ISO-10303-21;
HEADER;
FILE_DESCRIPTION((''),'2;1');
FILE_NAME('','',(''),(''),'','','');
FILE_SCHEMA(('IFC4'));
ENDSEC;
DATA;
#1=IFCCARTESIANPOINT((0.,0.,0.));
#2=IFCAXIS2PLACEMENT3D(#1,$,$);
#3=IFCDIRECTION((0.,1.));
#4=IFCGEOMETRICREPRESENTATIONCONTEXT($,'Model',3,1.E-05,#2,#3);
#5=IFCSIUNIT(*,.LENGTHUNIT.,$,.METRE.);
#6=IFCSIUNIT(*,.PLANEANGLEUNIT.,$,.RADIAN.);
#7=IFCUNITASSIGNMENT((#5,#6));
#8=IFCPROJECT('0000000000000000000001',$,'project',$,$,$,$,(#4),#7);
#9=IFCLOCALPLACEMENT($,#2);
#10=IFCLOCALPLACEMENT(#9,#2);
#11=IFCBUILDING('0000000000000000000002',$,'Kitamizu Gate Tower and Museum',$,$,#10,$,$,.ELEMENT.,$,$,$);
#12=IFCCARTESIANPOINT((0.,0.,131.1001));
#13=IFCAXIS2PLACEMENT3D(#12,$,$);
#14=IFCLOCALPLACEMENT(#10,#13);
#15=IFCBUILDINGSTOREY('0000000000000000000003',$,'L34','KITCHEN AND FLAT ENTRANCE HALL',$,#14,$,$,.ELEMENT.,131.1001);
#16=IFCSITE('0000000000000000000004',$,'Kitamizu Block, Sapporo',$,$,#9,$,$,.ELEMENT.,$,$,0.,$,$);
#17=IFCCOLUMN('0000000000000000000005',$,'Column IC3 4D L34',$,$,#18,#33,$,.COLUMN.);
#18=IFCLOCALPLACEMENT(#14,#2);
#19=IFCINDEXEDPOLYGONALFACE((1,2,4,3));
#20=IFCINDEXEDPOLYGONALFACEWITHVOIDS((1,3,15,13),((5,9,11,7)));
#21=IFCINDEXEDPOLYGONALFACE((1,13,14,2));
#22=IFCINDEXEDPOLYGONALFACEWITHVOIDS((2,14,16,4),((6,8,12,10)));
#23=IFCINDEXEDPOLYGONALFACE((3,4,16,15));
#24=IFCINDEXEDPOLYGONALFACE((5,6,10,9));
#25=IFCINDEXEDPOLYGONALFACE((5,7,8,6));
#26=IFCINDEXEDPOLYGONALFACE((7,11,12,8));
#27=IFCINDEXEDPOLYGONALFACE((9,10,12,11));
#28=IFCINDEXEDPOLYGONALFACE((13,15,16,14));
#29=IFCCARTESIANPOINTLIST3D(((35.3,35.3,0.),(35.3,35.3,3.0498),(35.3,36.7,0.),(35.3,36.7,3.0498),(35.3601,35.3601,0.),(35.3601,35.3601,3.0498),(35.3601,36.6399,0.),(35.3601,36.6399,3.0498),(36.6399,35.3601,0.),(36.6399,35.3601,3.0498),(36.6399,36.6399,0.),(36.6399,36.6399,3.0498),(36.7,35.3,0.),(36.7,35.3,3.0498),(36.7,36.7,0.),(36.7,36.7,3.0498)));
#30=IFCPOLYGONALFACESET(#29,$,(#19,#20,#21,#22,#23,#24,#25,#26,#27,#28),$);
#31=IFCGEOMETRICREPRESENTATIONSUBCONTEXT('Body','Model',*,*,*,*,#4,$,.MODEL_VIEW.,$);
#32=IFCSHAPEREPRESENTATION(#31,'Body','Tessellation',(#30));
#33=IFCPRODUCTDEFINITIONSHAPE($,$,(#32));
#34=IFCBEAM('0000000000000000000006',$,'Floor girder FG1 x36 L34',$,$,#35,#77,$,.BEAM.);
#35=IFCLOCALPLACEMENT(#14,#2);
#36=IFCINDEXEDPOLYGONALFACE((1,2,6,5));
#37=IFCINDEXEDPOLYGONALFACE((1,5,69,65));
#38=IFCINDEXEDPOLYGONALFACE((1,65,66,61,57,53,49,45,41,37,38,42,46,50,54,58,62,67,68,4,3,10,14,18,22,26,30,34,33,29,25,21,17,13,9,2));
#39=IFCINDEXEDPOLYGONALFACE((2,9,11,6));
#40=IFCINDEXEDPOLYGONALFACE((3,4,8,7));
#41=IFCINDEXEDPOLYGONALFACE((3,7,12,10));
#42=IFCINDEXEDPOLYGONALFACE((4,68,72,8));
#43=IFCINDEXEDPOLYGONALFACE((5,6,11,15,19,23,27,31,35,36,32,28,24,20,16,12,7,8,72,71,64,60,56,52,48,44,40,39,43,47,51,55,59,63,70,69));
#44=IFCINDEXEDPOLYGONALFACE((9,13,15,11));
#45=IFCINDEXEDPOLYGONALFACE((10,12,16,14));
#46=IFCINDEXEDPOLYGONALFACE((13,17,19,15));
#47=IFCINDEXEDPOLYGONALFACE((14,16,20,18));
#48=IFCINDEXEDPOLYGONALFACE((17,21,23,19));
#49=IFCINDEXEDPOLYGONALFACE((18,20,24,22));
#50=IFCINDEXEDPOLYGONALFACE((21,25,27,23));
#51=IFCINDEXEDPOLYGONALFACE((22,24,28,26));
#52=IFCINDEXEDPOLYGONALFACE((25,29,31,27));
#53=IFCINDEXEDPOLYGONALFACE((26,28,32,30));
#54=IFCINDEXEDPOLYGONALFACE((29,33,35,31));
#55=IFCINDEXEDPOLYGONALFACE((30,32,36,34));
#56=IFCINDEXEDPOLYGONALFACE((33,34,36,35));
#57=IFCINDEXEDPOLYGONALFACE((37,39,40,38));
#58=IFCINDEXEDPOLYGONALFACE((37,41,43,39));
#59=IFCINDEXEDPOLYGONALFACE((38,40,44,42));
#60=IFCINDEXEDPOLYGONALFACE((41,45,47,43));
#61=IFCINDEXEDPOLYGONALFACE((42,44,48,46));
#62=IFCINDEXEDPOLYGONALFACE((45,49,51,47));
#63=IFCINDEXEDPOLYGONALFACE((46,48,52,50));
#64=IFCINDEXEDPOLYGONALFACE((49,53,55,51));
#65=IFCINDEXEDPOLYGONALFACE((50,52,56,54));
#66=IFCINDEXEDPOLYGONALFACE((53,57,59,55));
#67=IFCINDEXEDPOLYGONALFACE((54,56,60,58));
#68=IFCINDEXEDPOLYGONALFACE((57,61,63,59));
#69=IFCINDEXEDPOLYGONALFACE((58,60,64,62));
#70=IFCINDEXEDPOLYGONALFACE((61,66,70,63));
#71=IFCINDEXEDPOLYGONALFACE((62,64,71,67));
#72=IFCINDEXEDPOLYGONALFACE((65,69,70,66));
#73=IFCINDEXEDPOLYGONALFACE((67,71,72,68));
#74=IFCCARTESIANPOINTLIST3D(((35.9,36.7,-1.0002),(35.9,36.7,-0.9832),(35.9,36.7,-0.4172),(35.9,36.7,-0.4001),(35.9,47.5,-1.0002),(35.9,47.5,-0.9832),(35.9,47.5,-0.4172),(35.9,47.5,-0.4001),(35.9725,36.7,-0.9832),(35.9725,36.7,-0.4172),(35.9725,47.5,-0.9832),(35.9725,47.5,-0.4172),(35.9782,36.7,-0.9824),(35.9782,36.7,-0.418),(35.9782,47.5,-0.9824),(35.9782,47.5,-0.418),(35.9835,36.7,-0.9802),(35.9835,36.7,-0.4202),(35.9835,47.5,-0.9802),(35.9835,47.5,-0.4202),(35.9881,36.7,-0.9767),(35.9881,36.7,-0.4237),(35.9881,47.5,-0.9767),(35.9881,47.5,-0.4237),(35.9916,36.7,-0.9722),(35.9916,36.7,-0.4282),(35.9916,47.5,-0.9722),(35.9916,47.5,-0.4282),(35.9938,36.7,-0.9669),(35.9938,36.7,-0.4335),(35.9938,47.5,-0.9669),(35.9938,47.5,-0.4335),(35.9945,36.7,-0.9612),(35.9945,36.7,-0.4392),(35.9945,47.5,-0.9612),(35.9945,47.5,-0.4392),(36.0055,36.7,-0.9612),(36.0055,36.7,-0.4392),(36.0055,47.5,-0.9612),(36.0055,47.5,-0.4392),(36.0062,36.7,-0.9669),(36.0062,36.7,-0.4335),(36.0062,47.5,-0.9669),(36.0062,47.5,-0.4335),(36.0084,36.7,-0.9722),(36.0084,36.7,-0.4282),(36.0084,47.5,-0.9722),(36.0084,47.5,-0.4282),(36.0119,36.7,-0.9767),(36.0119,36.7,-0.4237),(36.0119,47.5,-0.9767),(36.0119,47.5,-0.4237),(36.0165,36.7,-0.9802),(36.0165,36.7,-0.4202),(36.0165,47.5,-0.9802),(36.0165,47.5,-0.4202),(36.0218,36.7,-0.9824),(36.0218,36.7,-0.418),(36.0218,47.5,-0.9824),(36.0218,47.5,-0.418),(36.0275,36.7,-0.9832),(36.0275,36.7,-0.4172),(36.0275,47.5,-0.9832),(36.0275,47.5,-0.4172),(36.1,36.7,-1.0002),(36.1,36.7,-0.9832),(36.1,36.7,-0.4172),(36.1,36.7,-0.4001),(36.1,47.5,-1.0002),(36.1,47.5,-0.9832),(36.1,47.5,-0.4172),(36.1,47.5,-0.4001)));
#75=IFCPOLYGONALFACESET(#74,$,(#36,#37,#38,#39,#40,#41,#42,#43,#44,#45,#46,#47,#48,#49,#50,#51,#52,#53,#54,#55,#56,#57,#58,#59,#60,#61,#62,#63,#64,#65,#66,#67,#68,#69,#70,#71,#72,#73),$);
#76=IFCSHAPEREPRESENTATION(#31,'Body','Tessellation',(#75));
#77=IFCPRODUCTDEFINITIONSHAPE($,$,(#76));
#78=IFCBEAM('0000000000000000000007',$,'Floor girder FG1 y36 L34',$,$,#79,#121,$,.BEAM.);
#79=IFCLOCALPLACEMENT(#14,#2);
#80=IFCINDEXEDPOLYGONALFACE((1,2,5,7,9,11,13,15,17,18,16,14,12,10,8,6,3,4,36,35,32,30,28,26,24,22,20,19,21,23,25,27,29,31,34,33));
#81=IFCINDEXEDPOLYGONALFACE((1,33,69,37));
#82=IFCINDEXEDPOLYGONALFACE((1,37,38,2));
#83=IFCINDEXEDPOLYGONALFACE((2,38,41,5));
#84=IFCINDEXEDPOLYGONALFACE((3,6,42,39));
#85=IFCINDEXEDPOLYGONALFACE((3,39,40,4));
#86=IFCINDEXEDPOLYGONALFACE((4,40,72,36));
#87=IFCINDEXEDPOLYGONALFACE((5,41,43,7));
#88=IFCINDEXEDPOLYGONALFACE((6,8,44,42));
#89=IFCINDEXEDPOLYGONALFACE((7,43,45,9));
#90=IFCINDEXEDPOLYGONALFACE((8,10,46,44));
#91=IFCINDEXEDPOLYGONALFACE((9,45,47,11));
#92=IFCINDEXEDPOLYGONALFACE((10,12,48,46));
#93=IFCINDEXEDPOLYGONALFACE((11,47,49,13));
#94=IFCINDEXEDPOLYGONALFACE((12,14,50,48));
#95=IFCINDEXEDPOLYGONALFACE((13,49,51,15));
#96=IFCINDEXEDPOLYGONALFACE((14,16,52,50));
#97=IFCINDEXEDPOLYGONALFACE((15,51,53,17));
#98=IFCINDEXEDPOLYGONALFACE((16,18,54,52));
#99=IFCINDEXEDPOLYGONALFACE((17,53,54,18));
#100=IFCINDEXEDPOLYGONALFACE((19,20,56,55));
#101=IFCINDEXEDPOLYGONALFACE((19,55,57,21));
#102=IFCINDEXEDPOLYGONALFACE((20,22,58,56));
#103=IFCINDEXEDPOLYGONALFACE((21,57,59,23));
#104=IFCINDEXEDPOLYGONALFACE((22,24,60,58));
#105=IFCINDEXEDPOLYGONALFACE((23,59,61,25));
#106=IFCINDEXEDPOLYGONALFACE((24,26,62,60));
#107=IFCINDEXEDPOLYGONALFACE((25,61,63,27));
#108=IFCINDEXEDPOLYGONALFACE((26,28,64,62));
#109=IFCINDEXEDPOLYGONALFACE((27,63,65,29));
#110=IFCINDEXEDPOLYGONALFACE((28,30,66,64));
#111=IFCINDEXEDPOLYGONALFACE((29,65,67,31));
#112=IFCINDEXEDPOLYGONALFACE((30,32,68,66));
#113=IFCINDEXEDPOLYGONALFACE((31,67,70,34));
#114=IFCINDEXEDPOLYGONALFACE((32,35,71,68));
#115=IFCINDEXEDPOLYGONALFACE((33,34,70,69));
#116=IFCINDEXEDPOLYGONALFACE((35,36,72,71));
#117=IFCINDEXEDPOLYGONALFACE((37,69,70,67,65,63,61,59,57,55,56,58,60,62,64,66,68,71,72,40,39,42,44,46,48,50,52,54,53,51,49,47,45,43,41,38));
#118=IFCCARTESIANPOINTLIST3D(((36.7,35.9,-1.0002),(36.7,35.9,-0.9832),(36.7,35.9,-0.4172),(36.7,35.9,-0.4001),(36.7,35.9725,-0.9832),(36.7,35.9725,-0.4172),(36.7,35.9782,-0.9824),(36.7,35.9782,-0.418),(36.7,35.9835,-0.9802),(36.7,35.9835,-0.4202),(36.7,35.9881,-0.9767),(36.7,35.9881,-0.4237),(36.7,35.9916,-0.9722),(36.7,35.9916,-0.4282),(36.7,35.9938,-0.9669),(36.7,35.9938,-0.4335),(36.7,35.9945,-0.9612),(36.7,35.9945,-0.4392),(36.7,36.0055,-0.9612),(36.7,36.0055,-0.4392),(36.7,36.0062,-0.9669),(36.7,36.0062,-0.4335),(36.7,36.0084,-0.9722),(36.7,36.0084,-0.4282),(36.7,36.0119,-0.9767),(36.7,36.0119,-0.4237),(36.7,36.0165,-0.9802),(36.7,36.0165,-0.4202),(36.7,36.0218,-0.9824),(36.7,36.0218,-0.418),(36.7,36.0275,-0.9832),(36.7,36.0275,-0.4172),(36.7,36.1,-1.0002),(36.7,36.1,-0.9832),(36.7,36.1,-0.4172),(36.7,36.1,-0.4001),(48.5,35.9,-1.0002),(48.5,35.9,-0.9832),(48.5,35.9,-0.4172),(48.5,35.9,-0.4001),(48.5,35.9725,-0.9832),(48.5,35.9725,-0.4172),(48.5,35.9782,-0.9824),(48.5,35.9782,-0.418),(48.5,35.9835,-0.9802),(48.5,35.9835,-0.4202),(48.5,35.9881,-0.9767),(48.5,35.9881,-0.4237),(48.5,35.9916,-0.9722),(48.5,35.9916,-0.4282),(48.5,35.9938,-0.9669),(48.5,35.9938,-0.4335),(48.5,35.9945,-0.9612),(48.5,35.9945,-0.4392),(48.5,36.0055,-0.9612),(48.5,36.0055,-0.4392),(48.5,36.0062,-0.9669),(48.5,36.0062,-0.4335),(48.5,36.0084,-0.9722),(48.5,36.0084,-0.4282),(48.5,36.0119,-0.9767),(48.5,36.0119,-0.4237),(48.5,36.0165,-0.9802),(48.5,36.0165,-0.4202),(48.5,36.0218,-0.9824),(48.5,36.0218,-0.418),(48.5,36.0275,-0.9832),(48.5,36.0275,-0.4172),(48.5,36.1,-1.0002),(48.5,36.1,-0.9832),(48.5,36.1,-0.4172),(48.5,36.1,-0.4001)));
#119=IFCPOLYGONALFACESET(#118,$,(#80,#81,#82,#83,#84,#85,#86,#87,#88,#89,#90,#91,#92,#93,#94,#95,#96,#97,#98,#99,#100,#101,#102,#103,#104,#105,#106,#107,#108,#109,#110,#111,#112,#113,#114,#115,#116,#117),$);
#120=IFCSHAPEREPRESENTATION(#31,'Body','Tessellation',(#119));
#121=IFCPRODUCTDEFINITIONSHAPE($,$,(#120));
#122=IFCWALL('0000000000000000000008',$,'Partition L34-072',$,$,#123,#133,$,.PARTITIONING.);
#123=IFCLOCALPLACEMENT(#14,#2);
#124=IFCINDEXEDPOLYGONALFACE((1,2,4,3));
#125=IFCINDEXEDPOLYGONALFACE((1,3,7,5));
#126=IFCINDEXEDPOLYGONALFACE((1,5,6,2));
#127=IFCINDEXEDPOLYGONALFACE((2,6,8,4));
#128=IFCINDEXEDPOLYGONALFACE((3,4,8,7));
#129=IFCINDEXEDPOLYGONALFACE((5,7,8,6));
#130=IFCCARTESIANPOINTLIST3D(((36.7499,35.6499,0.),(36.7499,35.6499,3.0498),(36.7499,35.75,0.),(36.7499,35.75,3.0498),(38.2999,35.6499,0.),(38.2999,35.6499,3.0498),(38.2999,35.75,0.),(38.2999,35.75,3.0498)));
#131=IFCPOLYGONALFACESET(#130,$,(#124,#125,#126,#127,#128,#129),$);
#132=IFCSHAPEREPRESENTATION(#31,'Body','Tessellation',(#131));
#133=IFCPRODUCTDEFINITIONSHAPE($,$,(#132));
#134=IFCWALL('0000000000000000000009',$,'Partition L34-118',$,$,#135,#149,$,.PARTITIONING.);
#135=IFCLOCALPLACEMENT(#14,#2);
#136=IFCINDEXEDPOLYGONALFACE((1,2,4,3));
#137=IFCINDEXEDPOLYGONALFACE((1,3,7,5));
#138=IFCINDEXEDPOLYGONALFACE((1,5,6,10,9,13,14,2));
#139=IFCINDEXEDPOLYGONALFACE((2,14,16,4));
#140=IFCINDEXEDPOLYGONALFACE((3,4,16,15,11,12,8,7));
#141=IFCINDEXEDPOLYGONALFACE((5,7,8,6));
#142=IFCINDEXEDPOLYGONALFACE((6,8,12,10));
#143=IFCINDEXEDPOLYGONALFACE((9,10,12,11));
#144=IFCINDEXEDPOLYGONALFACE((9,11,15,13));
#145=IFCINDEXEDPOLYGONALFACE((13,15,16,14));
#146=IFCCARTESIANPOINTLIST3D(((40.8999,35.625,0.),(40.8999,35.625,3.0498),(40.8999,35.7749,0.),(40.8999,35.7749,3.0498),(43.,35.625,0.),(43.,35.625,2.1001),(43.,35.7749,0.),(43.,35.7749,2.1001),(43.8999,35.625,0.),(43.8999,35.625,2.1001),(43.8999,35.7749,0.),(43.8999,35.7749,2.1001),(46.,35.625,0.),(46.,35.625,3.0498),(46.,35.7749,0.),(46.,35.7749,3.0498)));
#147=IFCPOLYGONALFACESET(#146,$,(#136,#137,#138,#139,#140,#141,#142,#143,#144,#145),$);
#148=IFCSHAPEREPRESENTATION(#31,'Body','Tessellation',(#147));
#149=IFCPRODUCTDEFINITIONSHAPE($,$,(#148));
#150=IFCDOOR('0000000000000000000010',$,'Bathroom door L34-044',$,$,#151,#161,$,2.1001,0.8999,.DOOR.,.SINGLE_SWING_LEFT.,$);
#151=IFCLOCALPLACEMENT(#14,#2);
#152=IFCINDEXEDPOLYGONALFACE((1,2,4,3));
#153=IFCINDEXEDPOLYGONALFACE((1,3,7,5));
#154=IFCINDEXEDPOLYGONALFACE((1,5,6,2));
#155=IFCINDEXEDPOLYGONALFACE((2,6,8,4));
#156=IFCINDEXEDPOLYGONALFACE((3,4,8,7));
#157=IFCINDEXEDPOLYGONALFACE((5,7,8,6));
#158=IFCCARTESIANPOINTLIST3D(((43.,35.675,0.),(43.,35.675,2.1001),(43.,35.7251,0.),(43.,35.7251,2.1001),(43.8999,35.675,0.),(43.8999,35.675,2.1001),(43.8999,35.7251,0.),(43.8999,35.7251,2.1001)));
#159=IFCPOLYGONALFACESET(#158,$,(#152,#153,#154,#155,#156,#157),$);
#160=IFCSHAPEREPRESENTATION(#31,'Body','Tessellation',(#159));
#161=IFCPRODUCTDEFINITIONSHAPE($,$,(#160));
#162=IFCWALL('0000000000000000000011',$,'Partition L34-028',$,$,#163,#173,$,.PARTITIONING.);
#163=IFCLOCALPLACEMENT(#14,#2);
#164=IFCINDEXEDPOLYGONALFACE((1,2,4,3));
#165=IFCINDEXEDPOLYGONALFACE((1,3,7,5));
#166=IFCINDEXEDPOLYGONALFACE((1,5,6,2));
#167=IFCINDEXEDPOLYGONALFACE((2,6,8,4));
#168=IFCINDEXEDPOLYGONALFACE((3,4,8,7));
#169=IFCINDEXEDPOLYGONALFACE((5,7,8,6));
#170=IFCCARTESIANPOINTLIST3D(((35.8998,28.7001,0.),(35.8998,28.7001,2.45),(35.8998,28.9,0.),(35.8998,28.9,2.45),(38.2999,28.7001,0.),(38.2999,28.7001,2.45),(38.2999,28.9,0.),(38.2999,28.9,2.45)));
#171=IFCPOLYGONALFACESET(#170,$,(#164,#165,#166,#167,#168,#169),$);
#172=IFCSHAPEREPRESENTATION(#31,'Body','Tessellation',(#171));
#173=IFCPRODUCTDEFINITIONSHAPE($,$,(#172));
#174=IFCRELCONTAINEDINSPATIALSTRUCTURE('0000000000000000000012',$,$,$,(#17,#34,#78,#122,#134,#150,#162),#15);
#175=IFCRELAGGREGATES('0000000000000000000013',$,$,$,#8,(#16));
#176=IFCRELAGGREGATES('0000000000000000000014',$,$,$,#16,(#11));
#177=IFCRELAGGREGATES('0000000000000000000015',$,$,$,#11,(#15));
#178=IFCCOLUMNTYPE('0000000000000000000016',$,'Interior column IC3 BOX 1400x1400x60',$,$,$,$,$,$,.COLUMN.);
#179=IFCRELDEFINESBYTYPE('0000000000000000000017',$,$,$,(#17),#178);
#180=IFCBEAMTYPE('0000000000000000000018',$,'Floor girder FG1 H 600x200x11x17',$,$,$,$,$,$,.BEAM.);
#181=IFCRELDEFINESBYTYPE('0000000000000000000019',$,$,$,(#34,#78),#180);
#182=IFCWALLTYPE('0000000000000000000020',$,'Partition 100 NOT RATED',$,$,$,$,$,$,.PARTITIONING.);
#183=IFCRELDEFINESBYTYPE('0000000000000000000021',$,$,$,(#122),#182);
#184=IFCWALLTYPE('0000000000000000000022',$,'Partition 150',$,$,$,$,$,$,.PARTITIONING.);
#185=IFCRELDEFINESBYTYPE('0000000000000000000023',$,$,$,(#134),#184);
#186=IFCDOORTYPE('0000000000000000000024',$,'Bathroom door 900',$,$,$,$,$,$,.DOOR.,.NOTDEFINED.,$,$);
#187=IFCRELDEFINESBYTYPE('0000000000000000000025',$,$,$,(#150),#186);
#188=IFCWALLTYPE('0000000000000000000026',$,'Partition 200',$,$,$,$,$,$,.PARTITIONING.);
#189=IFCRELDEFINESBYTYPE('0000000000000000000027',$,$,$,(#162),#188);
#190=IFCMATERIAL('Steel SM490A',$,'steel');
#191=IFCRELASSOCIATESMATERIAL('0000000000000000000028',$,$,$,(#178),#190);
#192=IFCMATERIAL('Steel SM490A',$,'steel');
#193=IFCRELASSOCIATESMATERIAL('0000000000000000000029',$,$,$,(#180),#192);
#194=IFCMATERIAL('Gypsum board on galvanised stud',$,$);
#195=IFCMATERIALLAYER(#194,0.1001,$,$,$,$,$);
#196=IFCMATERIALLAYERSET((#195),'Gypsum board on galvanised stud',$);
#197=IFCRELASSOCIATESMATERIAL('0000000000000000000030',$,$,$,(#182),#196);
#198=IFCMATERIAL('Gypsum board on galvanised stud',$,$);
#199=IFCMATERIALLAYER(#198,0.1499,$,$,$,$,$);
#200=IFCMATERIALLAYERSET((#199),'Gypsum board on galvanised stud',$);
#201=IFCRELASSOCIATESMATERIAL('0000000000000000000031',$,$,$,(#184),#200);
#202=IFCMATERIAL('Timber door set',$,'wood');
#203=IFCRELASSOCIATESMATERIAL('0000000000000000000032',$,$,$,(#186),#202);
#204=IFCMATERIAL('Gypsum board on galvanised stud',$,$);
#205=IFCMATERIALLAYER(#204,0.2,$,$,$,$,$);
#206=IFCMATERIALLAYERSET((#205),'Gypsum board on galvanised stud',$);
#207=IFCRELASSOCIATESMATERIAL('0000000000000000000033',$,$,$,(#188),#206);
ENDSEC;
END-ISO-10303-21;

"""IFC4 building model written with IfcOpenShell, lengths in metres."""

from ifc_helpers import new_model, si_unit, direction, frame, frame_2d, origin, origin_2d, place, context, subcontext, project, spatial, rectangle, hollow_rectangle, i_section, extrude, material, layer, layer_set, material_profile, profile_set, type_object, element, fill, save


model = new_model("IFC4")

# Units and contexts
model_context = context("Model", 3, precision=1e-05, world=origin(), true_north=direction((0.0, 1.0)))
body_context = subcontext(model_context, "Body", "Model", "MODEL_VIEW")
ifc_project = project(units=[si_unit("LENGTHUNIT", "METRE"), si_unit("PLANEANGLEUNIT", "RADIAN")], contexts=[model_context])

# Site, building, storey
site_placement = place(None, origin())
site = spatial("IfcSite", under=ifc_project, at=site_placement, Name="Kitamizu Block, Sapporo", CompositionType="ELEMENT", RefElevation=0.0)
building_placement = place(site_placement, origin())
building = spatial("IfcBuilding", under=site, at=building_placement, Name="Kitamizu Gate Tower and Museum", CompositionType="ELEMENT")
storey_placement = place(building_placement, frame((0.0, 0.0, 131.1001)))
storey = spatial("IfcBuildingStorey", under=building, at=storey_placement, Name="L34", Description="KITCHEN AND FLAT ENTRANCE HALL", CompositionType="ELEMENT", Elevation=131.1001)

# Column
ifc_material_1 = material(Name="Steel SM490A", Category="steel")
ifc_material_profile_1 = material_profile(ifc_material_1, hollow_rectangle(XDim=1.3999, YDim=1.3999, WallThickness=0.0601, at=origin_2d()), Name="BOX 1400x1400x60")
ifc_profile_set_1 = profile_set([ifc_material_profile_1], Name="Steel SM490A")
column_type = type_object("IfcColumnType", Name="Interior column IC3 BOX 1400x1400x60", PredefinedType="COLUMN", material=ifc_profile_set_1)
column_placement = place(storey_placement, frame((36.0, 36.0, 0.0), z_axis=(0.0, 0.0, 1.0), x_axis=(1.0, 0.0, 0.0)))
element("IfcColumn", 1, at=column_placement, inside=storey, type_object=column_type, Name="Column IC3 4D L34", PredefinedType="COLUMN", context=body_context, shape_type="SweptSolid", body=[
    extrude(hollow_rectangle(XDim=1.3999, YDim=1.3999, WallThickness=0.0601, at=origin_2d()), origin(), (0.0, 0.0, 1.0), 3.0498),
])

# Beams
ifc_material_2 = material(Name="Steel SM490A", Category="steel")
ifc_material_profile_2 = material_profile(ifc_material_2, i_section(OverallWidth=0.2, OverallDepth=0.6001, WebThickness=0.011, FlangeThickness=0.0171, FilletRadius=0.022, at=origin_2d()), Name="H-600x200x11x17")
ifc_profile_set_2 = profile_set([ifc_material_profile_2], Name="Steel SM490A")
beam_type = type_object("IfcBeamType", Name="Floor girder FG1 H 600x200x11x17", PredefinedType="BEAM", material=ifc_profile_set_2)
beam_1_placement = place(storey_placement, frame((36.0, 36.7, -0.7002), z_axis=(0.0, 1.0, 0.0), x_axis=(-1.0, 0.0, 0.0)))
element("IfcBeam", 2, at=beam_1_placement, inside=storey, type_object=beam_type, Name="Floor girder FG1 x36 L34", PredefinedType="BEAM", context=body_context, shape_type="SweptSolid", body=[
    extrude(i_section(OverallWidth=0.2, OverallDepth=0.6001, WebThickness=0.011, FlangeThickness=0.0171, FilletRadius=0.022, at=origin_2d()), origin(), (0.0, 0.0, 1.0), 10.8),
])
beam_2_placement = place(storey_placement, frame((36.7, 36.0, -0.7002), z_axis=(1.0, 0.0, 0.0), x_axis=(0.0, 1.0, 0.0)))
element("IfcBeam", 3, at=beam_2_placement, inside=storey, type_object=beam_type, Name="Floor girder FG1 y36 L34", PredefinedType="BEAM", context=body_context, shape_type="SweptSolid", body=[
    extrude(i_section(OverallWidth=0.2, OverallDepth=0.6001, WebThickness=0.011, FlangeThickness=0.0171, FilletRadius=0.022, at=origin_2d()), origin(), (0.0, 0.0, 1.0), 11.8),
])

# Wall
ifc_material_3 = material(Name="Gypsum board on galvanised stud")
ifc_layer_1 = layer(ifc_material_3, 0.1001)
ifc_layer_set_1 = layer_set([ifc_layer_1], Name="Gypsum board on galvanised stud")
wall_type_1 = type_object("IfcWallType", Name="Partition 100 NOT RATED", PredefinedType="PARTITIONING", material=ifc_layer_set_1)
wall_1_placement = place(storey_placement, frame((36.75, 35.7, 0.0), z_axis=(0.0, 0.0, 1.0), x_axis=(1.0, 0.0, 0.0)))
element("IfcWall", 4, at=wall_1_placement, inside=storey, type_object=wall_type_1, Name="Partition L34-072", PredefinedType="PARTITIONING", context=body_context, shape_type="SweptSolid", body=[
    extrude(rectangle(XDim=1.55, YDim=0.1001, at=frame_2d((0.7749, 0.0))), origin(), (0.0, 0.0, 1.0), 3.0498),
])

# Wall, opening, door
ifc_material_4 = material(Name="Gypsum board on galvanised stud")
ifc_layer_2 = layer(ifc_material_4, 0.1499)
ifc_layer_set_2 = layer_set([ifc_layer_2], Name="Gypsum board on galvanised stud")
wall_type_2 = type_object("IfcWallType", Name="Partition 150", PredefinedType="PARTITIONING", material=ifc_layer_set_2)
wall_2_placement = place(storey_placement, frame((40.8999, 35.7, 0.0), z_axis=(0.0, 0.0, 1.0), x_axis=(1.0, 0.0, 0.0)))
wall_2 = element("IfcWall", 5, at=wall_2_placement, inside=storey, type_object=wall_type_2, Name="Partition L34-118", PredefinedType="PARTITIONING", context=body_context, shape_type="SweptSolid", body=[
    extrude(rectangle(XDim=5.1001, YDim=0.1499, at=frame_2d((2.55, 0.0))), origin(), (0.0, 0.0, 1.0), 3.0498),
])
opening_placement = place(wall_2_placement, frame((2.1001, 0.0, 0.0)))
opening = element("IfcOpeningElement", 6, at=opening_placement, cuts=wall_2, PredefinedType="OPENING", context=body_context, shape_type="SweptSolid", body=[
    extrude(rectangle(XDim=0.8999, YDim=2.1001, at=frame_2d((0.45, 1.05))), frame((0.0, 0.085, 0.0), z_axis=(0.0, -1.0, 0.0), x_axis=(1.0, 0.0, 0.0)), (0.0, 0.0, 1.0), 0.1699),
])
ifc_material_5 = material(Name="Timber door set", Category="wood")
door_type = type_object("IfcDoorType", Name="Bathroom door 900", OperationType="NOTDEFINED", PredefinedType="DOOR", material=ifc_material_5)
door_placement = place(opening_placement, frame((0.8999, 0.0, 0.0), x_axis=(-1.0, 0.0, 0.0)))
door = element("IfcDoor", 7, at=door_placement, inside=storey, type_object=door_type, Name="Bathroom door L34-044", OperationType="SINGLE_SWING_LEFT", OverallHeight=2.1001, OverallWidth=0.8999, PredefinedType="DOOR", context=body_context, shape_type="SweptSolid", body=[
    extrude(rectangle(XDim=0.8999, YDim=2.1001, at=frame_2d((0.45, 1.05))), frame((0.0, 0.0249, 0.0), z_axis=(0.0, -1.0, 0.0), x_axis=(1.0, 0.0, 0.0)), (0.0, 0.0, 1.0), 0.05),
])
fill(opening, door)

# Wall
ifc_material_6 = material(Name="Gypsum board on galvanised stud")
ifc_layer_3 = layer(ifc_material_6, 0.2)
ifc_layer_set_3 = layer_set([ifc_layer_3], Name="Gypsum board on galvanised stud")
wall_type_3 = type_object("IfcWallType", Name="Partition 200", PredefinedType="PARTITIONING", material=ifc_layer_set_3)
wall_3_placement = place(storey_placement, frame((38.3, 28.8, 0.0), z_axis=(0.0, 0.0, 1.0), x_axis=(-1.0, 0.0, 0.0)))
element("IfcWall", 8, at=wall_3_placement, inside=storey, type_object=wall_type_3, Name="Partition L34-028", PredefinedType="PARTITIONING", context=body_context, shape_type="SweptSolid", body=[
    extrude(rectangle(XDim=2.4001, YDim=0.2, at=frame_2d((1.2002, 0.0))), origin(), (0.0, 0.0, 1.0), 2.45),
])

save(model, "model.ifc")
